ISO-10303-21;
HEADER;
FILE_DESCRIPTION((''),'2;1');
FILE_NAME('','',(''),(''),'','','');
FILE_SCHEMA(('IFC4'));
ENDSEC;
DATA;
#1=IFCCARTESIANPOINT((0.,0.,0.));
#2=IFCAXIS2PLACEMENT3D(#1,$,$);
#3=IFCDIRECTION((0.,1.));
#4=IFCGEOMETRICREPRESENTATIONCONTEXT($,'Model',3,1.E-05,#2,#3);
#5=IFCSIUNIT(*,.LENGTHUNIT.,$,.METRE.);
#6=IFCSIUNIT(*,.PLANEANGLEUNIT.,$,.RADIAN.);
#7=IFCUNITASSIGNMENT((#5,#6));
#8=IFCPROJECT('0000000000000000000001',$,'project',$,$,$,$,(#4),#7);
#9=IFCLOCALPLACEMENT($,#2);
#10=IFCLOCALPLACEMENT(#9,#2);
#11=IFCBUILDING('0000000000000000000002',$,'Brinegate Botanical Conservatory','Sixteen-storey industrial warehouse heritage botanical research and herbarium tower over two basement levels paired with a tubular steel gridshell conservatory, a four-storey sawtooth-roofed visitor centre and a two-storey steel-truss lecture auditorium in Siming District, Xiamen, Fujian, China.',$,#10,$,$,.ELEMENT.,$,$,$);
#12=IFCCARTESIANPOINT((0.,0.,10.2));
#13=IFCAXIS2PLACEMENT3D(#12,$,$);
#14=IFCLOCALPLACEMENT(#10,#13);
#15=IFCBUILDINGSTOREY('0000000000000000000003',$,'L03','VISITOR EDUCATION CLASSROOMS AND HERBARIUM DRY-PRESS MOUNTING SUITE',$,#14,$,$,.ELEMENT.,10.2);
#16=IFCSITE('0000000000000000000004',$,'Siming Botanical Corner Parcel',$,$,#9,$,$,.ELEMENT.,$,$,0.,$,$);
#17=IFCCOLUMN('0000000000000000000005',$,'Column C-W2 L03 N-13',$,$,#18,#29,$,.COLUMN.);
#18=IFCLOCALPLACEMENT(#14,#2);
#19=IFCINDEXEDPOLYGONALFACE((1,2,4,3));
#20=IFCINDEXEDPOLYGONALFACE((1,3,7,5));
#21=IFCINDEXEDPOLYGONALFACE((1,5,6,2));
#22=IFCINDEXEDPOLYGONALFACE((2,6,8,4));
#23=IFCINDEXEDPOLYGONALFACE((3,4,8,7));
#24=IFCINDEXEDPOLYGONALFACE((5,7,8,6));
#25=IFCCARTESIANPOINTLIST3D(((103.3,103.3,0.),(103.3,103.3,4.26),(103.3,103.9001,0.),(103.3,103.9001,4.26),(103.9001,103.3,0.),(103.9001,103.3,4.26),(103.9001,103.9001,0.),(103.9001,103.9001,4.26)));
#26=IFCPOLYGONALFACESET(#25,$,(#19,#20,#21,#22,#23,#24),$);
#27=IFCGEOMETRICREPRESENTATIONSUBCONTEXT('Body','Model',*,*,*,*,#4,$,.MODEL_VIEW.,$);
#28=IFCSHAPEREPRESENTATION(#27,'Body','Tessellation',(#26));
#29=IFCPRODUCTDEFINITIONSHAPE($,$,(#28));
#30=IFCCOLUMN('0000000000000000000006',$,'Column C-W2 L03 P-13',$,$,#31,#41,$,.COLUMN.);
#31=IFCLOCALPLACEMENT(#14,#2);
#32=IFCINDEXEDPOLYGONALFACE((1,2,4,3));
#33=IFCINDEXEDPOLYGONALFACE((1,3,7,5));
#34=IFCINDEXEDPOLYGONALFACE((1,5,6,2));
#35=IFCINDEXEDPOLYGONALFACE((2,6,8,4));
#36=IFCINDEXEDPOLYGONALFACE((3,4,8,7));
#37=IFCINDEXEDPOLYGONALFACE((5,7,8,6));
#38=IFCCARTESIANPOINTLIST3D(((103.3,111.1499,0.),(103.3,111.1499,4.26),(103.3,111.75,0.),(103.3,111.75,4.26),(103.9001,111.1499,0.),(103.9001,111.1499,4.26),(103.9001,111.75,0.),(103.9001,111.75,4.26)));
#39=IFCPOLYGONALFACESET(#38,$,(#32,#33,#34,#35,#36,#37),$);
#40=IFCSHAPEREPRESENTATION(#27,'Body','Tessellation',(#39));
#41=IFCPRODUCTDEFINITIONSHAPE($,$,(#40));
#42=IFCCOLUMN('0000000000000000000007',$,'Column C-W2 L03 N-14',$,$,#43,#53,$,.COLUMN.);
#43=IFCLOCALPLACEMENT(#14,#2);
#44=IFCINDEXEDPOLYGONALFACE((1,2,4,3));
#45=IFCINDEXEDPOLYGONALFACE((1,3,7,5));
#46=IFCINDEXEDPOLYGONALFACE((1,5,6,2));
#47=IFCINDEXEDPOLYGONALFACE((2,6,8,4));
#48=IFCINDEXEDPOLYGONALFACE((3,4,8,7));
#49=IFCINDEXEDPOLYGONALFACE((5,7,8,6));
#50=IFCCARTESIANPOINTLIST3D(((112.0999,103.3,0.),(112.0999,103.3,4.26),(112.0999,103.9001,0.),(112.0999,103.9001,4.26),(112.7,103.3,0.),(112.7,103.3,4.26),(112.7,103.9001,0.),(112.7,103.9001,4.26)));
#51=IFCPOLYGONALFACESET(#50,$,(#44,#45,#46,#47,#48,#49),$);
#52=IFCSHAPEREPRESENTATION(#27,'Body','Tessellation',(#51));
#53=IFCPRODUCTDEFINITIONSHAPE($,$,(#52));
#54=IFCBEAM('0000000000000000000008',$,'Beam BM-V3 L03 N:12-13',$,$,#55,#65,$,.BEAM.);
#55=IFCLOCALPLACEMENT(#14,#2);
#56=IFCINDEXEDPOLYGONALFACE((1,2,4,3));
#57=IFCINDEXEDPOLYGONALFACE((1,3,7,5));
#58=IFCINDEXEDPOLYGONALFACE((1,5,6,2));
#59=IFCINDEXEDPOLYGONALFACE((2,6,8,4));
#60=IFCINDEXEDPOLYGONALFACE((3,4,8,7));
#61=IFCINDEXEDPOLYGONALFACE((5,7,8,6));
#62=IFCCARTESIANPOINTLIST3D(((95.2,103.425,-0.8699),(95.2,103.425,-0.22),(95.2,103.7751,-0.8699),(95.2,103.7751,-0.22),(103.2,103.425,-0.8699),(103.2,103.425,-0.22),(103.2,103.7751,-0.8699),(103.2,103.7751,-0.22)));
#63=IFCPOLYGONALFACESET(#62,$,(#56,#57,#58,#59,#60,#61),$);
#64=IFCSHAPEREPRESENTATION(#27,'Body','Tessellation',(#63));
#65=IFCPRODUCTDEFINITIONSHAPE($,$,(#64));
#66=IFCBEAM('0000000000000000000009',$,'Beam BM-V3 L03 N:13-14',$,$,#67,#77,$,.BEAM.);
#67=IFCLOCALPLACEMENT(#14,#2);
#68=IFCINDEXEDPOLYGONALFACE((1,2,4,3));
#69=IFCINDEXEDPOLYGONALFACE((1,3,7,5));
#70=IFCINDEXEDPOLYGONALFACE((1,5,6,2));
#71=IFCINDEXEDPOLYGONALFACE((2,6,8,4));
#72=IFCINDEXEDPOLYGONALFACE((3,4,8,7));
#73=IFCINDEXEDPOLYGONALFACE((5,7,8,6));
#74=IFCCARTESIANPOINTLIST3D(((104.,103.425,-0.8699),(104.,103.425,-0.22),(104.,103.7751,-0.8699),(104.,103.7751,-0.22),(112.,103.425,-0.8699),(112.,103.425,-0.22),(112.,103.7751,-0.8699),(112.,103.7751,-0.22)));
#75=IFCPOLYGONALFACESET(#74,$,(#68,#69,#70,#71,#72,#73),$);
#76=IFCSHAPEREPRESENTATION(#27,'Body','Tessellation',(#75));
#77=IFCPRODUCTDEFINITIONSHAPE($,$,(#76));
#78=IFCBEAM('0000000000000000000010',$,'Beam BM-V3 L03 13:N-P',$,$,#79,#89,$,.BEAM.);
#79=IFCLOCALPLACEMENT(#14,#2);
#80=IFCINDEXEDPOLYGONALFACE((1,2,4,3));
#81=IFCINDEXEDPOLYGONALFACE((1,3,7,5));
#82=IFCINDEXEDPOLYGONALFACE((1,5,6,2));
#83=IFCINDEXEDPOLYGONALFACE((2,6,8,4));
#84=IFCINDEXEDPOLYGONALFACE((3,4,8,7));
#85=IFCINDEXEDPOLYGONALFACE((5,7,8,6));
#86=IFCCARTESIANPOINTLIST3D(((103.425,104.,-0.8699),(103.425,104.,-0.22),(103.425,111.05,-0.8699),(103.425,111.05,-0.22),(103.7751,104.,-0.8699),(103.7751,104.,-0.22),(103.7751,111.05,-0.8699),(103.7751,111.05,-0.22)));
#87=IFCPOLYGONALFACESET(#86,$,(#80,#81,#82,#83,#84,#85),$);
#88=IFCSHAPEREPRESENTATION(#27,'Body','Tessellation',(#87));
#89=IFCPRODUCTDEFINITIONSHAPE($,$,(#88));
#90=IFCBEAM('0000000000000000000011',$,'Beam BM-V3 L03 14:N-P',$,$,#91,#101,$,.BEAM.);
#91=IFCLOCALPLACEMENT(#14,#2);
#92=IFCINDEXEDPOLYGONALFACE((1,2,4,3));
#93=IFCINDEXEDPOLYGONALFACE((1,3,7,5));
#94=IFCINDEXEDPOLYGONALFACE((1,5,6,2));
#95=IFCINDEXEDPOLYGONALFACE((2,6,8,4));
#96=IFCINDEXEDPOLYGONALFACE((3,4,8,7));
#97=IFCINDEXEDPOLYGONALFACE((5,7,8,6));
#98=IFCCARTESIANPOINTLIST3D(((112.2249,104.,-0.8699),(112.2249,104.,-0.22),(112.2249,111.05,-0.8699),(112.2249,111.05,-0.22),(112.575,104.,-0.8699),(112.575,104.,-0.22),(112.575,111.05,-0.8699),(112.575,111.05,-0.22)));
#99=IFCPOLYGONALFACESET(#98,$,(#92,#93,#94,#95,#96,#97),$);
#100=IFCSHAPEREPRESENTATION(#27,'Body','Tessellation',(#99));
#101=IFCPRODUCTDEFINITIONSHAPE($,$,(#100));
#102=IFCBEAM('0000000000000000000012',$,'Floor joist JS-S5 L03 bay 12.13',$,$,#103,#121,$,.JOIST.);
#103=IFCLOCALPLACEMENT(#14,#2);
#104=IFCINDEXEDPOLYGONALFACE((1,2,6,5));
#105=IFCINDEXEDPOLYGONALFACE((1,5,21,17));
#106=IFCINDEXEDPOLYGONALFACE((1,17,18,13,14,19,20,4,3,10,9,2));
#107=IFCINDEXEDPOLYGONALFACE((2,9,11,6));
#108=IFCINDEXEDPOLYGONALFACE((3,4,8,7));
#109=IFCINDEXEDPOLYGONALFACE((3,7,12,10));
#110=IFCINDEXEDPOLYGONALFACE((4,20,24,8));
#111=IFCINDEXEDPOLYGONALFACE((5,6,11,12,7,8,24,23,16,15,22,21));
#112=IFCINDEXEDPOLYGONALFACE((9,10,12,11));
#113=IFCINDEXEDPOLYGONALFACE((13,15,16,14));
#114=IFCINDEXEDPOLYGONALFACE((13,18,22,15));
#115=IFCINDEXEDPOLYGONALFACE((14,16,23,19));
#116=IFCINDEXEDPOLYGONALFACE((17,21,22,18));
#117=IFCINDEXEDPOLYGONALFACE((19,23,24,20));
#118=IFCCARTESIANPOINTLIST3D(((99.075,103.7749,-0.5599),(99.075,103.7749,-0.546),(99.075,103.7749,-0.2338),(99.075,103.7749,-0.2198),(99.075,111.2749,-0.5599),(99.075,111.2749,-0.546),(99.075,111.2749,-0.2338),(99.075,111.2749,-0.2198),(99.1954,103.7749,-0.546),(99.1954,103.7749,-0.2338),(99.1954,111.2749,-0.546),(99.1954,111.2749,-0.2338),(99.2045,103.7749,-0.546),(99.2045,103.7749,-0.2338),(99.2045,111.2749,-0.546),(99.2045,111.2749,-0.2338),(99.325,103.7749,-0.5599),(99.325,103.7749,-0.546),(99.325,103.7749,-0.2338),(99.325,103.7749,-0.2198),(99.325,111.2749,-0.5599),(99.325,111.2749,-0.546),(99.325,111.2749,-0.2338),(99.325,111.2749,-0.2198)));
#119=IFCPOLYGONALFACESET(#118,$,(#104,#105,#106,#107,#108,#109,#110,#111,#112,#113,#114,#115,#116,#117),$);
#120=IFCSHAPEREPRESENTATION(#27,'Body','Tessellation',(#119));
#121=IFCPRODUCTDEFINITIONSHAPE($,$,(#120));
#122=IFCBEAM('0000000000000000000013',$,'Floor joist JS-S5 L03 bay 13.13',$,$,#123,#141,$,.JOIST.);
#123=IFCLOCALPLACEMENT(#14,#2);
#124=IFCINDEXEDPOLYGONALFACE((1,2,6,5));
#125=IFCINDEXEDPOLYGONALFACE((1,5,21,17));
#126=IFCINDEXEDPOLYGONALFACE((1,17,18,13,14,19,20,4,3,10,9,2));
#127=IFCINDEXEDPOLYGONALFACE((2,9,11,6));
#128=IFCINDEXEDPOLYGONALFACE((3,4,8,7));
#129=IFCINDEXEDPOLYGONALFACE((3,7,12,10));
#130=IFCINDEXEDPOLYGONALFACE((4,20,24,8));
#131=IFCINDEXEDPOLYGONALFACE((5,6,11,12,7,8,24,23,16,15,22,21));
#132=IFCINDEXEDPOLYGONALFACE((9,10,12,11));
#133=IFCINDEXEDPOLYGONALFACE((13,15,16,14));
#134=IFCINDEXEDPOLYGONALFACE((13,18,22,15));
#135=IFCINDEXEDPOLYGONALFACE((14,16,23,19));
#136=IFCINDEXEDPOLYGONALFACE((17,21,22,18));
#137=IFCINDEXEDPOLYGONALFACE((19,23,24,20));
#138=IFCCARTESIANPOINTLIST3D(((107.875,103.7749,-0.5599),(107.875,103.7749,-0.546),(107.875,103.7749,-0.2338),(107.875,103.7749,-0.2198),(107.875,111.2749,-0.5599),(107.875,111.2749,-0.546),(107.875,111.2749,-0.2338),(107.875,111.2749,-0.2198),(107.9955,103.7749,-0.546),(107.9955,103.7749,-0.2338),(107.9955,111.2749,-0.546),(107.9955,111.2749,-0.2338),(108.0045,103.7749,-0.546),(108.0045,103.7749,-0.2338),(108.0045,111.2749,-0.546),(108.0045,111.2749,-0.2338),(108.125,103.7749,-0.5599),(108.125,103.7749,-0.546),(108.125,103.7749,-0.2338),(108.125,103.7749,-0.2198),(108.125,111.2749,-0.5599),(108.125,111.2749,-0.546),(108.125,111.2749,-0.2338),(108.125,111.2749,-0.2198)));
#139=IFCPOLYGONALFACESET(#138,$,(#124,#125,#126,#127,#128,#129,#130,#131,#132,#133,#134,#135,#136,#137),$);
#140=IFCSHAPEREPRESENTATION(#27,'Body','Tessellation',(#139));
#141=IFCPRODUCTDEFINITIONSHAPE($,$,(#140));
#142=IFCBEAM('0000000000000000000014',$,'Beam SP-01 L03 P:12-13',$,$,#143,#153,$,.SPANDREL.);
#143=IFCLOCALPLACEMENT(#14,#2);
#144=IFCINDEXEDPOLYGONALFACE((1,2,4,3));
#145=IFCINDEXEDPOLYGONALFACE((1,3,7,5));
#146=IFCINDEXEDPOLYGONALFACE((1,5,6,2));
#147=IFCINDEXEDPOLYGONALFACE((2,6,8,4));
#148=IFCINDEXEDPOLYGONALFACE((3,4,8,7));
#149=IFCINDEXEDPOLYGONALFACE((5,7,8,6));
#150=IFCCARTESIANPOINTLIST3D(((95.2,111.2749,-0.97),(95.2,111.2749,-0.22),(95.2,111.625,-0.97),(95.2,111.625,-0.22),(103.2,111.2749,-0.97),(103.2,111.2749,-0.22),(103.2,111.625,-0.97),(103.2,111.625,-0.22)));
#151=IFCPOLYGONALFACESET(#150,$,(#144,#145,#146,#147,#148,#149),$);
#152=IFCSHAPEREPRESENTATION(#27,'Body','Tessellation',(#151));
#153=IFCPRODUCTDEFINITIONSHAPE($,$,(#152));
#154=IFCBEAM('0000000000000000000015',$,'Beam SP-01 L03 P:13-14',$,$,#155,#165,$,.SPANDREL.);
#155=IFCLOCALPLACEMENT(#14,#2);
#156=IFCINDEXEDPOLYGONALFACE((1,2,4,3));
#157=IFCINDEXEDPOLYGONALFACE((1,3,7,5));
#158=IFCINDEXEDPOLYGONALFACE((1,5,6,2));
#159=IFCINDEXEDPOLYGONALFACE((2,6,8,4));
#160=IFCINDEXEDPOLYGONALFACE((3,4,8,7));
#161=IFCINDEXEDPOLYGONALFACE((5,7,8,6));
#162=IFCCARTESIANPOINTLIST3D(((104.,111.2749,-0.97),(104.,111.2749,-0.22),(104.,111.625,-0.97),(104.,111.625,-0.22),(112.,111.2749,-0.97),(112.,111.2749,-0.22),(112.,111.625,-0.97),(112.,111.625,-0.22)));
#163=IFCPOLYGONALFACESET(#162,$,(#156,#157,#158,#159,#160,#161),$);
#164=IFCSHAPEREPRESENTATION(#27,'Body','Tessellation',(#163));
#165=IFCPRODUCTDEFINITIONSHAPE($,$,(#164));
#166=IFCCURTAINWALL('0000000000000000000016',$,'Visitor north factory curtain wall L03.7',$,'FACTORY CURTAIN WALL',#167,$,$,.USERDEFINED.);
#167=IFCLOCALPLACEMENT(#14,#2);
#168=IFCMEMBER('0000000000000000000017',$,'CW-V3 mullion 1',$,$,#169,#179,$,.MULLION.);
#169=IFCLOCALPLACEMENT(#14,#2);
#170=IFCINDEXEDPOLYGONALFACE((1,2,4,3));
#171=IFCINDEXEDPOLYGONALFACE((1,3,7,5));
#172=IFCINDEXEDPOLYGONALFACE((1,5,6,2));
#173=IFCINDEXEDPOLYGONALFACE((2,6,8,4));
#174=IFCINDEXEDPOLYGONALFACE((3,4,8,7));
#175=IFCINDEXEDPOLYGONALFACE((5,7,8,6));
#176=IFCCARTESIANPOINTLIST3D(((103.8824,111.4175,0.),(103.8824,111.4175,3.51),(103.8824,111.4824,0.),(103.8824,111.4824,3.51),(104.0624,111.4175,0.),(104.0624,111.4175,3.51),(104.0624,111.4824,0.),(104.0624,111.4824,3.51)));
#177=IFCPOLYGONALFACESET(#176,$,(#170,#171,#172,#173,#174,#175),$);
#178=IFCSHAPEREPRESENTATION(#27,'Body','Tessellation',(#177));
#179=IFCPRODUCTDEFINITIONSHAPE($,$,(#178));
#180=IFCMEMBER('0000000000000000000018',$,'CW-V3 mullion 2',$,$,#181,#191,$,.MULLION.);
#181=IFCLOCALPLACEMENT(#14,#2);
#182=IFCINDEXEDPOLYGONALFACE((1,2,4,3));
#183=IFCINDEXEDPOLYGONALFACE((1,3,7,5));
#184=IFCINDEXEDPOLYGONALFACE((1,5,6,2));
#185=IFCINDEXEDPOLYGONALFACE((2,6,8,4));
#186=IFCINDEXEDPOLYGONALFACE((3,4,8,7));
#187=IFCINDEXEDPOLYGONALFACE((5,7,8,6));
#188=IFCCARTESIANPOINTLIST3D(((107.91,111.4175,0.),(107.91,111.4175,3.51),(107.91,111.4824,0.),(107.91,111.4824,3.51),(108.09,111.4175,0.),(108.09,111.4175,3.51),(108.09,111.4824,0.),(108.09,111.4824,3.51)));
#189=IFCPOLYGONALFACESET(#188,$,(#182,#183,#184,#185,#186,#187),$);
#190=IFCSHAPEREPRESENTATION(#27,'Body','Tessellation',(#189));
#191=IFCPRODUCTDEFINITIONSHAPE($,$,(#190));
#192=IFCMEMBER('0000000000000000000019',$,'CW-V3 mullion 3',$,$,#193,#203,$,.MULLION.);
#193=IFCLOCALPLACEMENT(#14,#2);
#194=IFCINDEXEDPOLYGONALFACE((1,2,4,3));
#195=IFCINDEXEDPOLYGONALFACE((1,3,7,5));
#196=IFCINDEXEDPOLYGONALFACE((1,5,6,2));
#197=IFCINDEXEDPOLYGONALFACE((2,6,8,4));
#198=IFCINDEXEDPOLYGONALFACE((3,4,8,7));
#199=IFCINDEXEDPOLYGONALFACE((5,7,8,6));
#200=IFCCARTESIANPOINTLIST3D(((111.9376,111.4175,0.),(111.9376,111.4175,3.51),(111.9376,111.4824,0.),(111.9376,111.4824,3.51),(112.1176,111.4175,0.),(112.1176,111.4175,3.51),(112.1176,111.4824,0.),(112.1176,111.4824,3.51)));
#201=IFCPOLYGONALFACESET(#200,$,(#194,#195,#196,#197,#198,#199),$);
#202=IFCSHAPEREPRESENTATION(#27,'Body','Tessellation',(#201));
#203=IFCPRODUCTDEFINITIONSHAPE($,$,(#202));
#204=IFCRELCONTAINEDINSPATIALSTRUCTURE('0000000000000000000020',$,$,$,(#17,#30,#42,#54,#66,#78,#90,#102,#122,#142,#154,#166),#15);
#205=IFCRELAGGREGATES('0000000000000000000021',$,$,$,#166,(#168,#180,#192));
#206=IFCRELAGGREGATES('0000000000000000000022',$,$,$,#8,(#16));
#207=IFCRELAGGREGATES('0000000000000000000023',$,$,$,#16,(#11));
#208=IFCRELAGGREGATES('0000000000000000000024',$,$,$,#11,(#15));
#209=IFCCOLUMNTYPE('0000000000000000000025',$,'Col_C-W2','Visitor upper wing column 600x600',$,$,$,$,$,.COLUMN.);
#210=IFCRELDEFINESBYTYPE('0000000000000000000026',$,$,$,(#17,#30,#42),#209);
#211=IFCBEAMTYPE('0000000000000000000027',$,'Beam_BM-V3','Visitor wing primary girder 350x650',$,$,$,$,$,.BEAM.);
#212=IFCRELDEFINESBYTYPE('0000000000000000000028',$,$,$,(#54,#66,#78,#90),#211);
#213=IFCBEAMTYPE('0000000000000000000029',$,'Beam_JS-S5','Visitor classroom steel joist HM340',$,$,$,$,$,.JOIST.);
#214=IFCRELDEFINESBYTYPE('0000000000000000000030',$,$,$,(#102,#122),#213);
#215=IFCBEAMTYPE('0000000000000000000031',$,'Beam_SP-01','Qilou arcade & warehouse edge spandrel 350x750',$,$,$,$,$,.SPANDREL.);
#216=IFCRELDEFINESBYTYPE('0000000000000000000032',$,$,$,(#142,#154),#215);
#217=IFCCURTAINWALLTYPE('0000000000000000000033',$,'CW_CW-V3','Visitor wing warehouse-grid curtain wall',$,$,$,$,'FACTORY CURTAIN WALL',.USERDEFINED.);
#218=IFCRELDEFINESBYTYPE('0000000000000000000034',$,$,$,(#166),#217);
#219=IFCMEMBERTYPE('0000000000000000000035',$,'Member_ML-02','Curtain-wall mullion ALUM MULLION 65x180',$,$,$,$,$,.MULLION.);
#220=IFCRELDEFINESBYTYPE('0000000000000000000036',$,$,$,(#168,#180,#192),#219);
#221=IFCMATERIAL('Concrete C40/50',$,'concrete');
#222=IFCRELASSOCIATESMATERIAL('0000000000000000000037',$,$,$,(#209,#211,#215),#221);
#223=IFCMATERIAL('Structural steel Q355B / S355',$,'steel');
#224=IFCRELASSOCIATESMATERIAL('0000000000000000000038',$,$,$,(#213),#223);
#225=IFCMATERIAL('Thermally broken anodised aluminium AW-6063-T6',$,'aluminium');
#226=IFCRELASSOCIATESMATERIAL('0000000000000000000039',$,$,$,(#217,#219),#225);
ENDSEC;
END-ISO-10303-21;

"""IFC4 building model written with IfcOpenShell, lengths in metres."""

from ifc_helpers import new_model, si_unit, direction, frame, origin, origin_2d, place, context, subcontext, project, spatial, rectangle, i_section, extrude, material, material_profile, profile_set, type_object, element, aggregate, save


model = new_model("IFC4")

# Units and contexts
model_context = context("Model", 3, precision=1e-05, world=origin(), true_north=direction((0.0, 1.0)))
body_context = subcontext(model_context, "Body", "Model", "MODEL_VIEW")
ifc_project = project(units=[si_unit("LENGTHUNIT", "METRE"), si_unit("PLANEANGLEUNIT", "RADIAN")], contexts=[model_context])

# Site, building, storey
site_placement = place(None, origin())
site = spatial("IfcSite", under=ifc_project, at=site_placement, Name="Siming Botanical Corner Parcel", CompositionType="ELEMENT", RefElevation=0.0)
building_placement = place(site_placement, origin())
building = spatial("IfcBuilding", under=site, at=building_placement, Name="Brinegate Botanical Conservatory", Description="Sixteen-storey industrial warehouse heritage botanical research and herbarium tower over two basement levels paired with a tubular steel gridshell conservatory, a four-storey sawtooth-roofed visitor centre and a two-storey steel-truss lecture auditorium in Siming District, Xiamen, Fujian, China.", CompositionType="ELEMENT")
storey_placement = place(building_placement, frame((0.0, 0.0, 10.2)))
storey = spatial("IfcBuildingStorey", under=building, at=storey_placement, Name="L03", Description="VISITOR EDUCATION CLASSROOMS AND HERBARIUM DRY-PRESS MOUNTING SUITE", CompositionType="ELEMENT", Elevation=10.2)

# Columns
ifc_material_1 = material(Name="Concrete C40/50", Category="concrete")
ifc_material_profile_1 = material_profile(ifc_material_1, rectangle(XDim=0.6001, YDim=0.6001, at=origin_2d()), Name="RC COL 600x600")
ifc_profile_set_1 = profile_set([ifc_material_profile_1], Name="Concrete C40/50")
column_type = type_object("IfcColumnType", Name="Col_C-W2", Description="Visitor upper wing column 600x600", PredefinedType="COLUMN", material=ifc_profile_set_1)
for number, where, z_axis, x_axis, name in (
    (1, (103.6001, 103.6001, 0.0), (0.0, 0.0, 1.0), (1.0, 0.0, 0.0), "Column C-W2 L03 N-13"),
    (2, (103.6001, 111.45, 0.0), (0.0, 0.0, 1.0), (1.0, 0.0, 0.0), "Column C-W2 L03 P-13"),
    (3, (112.3999, 103.6001, 0.0), (0.0, 0.0, 1.0), (1.0, 0.0, 0.0), "Column C-W2 L03 N-14"),
):
    element("IfcColumn", number, at=place(storey_placement, frame(where, z_axis=z_axis, x_axis=x_axis)), inside=storey, type_object=column_type, Name=name, PredefinedType="COLUMN", context=body_context, shape_type="SweptSolid", body=[
        extrude(rectangle(XDim=0.6001, YDim=0.6001, at=origin_2d()), origin(), (0.0, 0.0, 1.0), 4.26),
    ])

# Beams
ifc_material_profile_2 = material_profile(ifc_material_1, rectangle(XDim=0.3501, YDim=0.6499, at=origin_2d()), Name="RC BM 350x650")
ifc_profile_set_2 = profile_set([ifc_material_profile_2], Name="Concrete C40/50")
beam_type_1 = type_object("IfcBeamType", Name="Beam_BM-V3", Description="Visitor wing primary girder 350x650", PredefinedType="BEAM", material=ifc_profile_set_2)
for number, where, z_axis, x_axis, name in (
    (4, (95.2, 103.6001, -0.5449), (1.0, 0.0, 0.0), (0.0, 1.0, 0.0), "Beam BM-V3 L03 N:12-13"),
    (5, (104.0, 103.6001, -0.5449), (1.0, 0.0, 0.0), (0.0, 1.0, 0.0), "Beam BM-V3 L03 N:13-14"),
):
    element("IfcBeam", number, at=place(storey_placement, frame(where, z_axis=z_axis, x_axis=x_axis)), inside=storey, type_object=beam_type_1, Name=name, PredefinedType="BEAM", context=body_context, shape_type="SweptSolid", body=[
        extrude(rectangle(XDim=0.3501, YDim=0.6499, at=origin_2d()), origin(), (0.0, 0.0, 1.0), 8.0),
    ])
for number, where, z_axis, x_axis, name in (
    (6, (103.6001, 104.0, -0.5449), (0.0, 1.0, 0.0), (-1.0, 0.0, 0.0), "Beam BM-V3 L03 13:N-P"),
    (7, (112.3999, 104.0, -0.5449), (0.0, 1.0, 0.0), (-1.0, 0.0, 0.0), "Beam BM-V3 L03 14:N-P"),
):
    element("IfcBeam", number, at=place(storey_placement, frame(where, z_axis=z_axis, x_axis=x_axis)), inside=storey, type_object=beam_type_1, Name=name, PredefinedType="BEAM", context=body_context, shape_type="SweptSolid", body=[
        extrude(rectangle(XDim=0.3501, YDim=0.6499, at=origin_2d()), origin(), (0.0, 0.0, 1.0), 7.05),
    ])
ifc_material_2 = material(Name="Structural steel Q355B / S355", Category="steel")
ifc_material_profile_3 = material_profile(ifc_material_2, i_section(OverallWidth=0.25, OverallDepth=0.3401, WebThickness=0.009, FlangeThickness=0.0139, at=origin_2d()), Name="HM 340x250x9x14")
ifc_profile_set_3 = profile_set([ifc_material_profile_3], Name="Structural steel Q355B / S355")
beam_type_2 = type_object("IfcBeamType", Name="Beam_JS-S5", Description="Visitor classroom steel joist HM340", PredefinedType="JOIST", material=ifc_profile_set_3)
for number, where, z_axis, x_axis, name in (
    (8, (99.2, 103.7749, -0.3899), (0.0, 1.0, 0.0), (-1.0, 0.0, 0.0), "Floor joist JS-S5 L03 bay 12.13"),
    (9, (108.0, 103.7749, -0.3899), (0.0, 1.0, 0.0), (-1.0, 0.0, 0.0), "Floor joist JS-S5 L03 bay 13.13"),
):
    element("IfcBeam", number, at=place(storey_placement, frame(where, z_axis=z_axis, x_axis=x_axis)), inside=storey, type_object=beam_type_2, Name=name, PredefinedType="JOIST", context=body_context, shape_type="SweptSolid", body=[
        extrude(i_section(OverallWidth=0.25, OverallDepth=0.3401, WebThickness=0.009, FlangeThickness=0.0139, at=origin_2d()), origin(), (0.0, 0.0, 1.0), 7.5),
    ])
ifc_material_profile_4 = material_profile(ifc_material_1, rectangle(XDim=0.3501, YDim=0.75, at=origin_2d()), Name="RC SPN 350x750")
ifc_profile_set_4 = profile_set([ifc_material_profile_4], Name="Concrete C40/50")
beam_type_3 = type_object("IfcBeamType", Name="Beam_SP-01", Description="Qilou arcade & warehouse edge spandrel 350x750", PredefinedType="SPANDREL", material=ifc_profile_set_4)
for number, where, z_axis, x_axis, name in (
    (10, (95.2, 111.45, -0.595), (1.0, 0.0, 0.0), (0.0, 1.0, 0.0), "Beam SP-01 L03 P:12-13"),
    (11, (104.0, 111.45, -0.595), (1.0, 0.0, 0.0), (0.0, 1.0, 0.0), "Beam SP-01 L03 P:13-14"),
):
    element("IfcBeam", number, at=place(storey_placement, frame(where, z_axis=z_axis, x_axis=x_axis)), inside=storey, type_object=beam_type_3, Name=name, PredefinedType="SPANDREL", context=body_context, shape_type="SweptSolid", body=[
        extrude(rectangle(XDim=0.3501, YDim=0.75, at=origin_2d()), origin(), (0.0, 0.0, 1.0), 8.0),
    ])

# Curtain wall, members
ifc_material_3 = material(Name="Thermally broken anodised aluminium AW-6063-T6", Category="aluminium")
curtain_wall_type = type_object("IfcCurtainWallType", Name="CW_CW-V3", Description="Visitor wing warehouse-grid curtain wall", ElementType="FACTORY CURTAIN WALL", PredefinedType="USERDEFINED", material=ifc_material_3)
curtain_wall_placement = place(storey_placement, origin())
curtain_wall = element("IfcCurtainWall", 12, at=curtain_wall_placement, inside=storey, type_object=curtain_wall_type, Name="Visitor north factory curtain wall L03.7", ObjectType="FACTORY CURTAIN WALL", PredefinedType="USERDEFINED")
ifc_material_profile_5 = material_profile(ifc_material_3, rectangle(XDim=0.0649, YDim=0.1799, at=origin_2d()), Name="ALUM MULLION 65x180")
ifc_profile_set_5 = profile_set([ifc_material_profile_5], Name="Thermally broken anodised aluminium AW-6063-T6")
member_type_1 = type_object("IfcMemberType", Name="Member_ML-02", Description="Curtain-wall mullion ALUM MULLION 65x180", PredefinedType="MULLION", material=ifc_profile_set_5)
member_1_placement = place(storey_placement, frame((103.9724, 111.45, 0.0), z_axis=(0.0, 0.0, 1.0), x_axis=(0.0, 1.0, 0.0)))
member_1 = element("IfcMember", 13, at=member_1_placement, type_object=member_type_1, Name="CW-V3 mullion 1", PredefinedType="MULLION", context=body_context, shape_type="SweptSolid", body=[
    extrude(rectangle(XDim=0.0649, YDim=0.1799, at=origin_2d()), origin(), (0.0, 0.0, 1.0), 3.51),
])
member_2_placement = place(storey_placement, frame((108.0, 111.45, 0.0), z_axis=(0.0, 0.0, 1.0), x_axis=(0.0, 1.0, 0.0)))
member_2 = element("IfcMember", 14, at=member_2_placement, type_object=member_type_1, Name="CW-V3 mullion 2", PredefinedType="MULLION", context=body_context, shape_type="SweptSolid", body=[
    extrude(rectangle(XDim=0.0649, YDim=0.1799, at=origin_2d()), origin(), (0.0, 0.0, 1.0), 3.51),
])
member_3_placement = place(storey_placement, frame((112.0276, 111.45, 0.0), z_axis=(0.0, 0.0, 1.0), x_axis=(0.0, 1.0, 0.0)))
member_3 = element("IfcMember", 15, at=member_3_placement, type_object=member_type_1, Name="CW-V3 mullion 3", PredefinedType="MULLION", context=body_context, shape_type="SweptSolid", body=[
    extrude(rectangle(XDim=0.0649, YDim=0.1799, at=origin_2d()), origin(), (0.0, 0.0, 1.0), 3.51),
])
aggregate(curtain_wall, [member_1, member_2, member_3])

save(model, "model.ifc")
